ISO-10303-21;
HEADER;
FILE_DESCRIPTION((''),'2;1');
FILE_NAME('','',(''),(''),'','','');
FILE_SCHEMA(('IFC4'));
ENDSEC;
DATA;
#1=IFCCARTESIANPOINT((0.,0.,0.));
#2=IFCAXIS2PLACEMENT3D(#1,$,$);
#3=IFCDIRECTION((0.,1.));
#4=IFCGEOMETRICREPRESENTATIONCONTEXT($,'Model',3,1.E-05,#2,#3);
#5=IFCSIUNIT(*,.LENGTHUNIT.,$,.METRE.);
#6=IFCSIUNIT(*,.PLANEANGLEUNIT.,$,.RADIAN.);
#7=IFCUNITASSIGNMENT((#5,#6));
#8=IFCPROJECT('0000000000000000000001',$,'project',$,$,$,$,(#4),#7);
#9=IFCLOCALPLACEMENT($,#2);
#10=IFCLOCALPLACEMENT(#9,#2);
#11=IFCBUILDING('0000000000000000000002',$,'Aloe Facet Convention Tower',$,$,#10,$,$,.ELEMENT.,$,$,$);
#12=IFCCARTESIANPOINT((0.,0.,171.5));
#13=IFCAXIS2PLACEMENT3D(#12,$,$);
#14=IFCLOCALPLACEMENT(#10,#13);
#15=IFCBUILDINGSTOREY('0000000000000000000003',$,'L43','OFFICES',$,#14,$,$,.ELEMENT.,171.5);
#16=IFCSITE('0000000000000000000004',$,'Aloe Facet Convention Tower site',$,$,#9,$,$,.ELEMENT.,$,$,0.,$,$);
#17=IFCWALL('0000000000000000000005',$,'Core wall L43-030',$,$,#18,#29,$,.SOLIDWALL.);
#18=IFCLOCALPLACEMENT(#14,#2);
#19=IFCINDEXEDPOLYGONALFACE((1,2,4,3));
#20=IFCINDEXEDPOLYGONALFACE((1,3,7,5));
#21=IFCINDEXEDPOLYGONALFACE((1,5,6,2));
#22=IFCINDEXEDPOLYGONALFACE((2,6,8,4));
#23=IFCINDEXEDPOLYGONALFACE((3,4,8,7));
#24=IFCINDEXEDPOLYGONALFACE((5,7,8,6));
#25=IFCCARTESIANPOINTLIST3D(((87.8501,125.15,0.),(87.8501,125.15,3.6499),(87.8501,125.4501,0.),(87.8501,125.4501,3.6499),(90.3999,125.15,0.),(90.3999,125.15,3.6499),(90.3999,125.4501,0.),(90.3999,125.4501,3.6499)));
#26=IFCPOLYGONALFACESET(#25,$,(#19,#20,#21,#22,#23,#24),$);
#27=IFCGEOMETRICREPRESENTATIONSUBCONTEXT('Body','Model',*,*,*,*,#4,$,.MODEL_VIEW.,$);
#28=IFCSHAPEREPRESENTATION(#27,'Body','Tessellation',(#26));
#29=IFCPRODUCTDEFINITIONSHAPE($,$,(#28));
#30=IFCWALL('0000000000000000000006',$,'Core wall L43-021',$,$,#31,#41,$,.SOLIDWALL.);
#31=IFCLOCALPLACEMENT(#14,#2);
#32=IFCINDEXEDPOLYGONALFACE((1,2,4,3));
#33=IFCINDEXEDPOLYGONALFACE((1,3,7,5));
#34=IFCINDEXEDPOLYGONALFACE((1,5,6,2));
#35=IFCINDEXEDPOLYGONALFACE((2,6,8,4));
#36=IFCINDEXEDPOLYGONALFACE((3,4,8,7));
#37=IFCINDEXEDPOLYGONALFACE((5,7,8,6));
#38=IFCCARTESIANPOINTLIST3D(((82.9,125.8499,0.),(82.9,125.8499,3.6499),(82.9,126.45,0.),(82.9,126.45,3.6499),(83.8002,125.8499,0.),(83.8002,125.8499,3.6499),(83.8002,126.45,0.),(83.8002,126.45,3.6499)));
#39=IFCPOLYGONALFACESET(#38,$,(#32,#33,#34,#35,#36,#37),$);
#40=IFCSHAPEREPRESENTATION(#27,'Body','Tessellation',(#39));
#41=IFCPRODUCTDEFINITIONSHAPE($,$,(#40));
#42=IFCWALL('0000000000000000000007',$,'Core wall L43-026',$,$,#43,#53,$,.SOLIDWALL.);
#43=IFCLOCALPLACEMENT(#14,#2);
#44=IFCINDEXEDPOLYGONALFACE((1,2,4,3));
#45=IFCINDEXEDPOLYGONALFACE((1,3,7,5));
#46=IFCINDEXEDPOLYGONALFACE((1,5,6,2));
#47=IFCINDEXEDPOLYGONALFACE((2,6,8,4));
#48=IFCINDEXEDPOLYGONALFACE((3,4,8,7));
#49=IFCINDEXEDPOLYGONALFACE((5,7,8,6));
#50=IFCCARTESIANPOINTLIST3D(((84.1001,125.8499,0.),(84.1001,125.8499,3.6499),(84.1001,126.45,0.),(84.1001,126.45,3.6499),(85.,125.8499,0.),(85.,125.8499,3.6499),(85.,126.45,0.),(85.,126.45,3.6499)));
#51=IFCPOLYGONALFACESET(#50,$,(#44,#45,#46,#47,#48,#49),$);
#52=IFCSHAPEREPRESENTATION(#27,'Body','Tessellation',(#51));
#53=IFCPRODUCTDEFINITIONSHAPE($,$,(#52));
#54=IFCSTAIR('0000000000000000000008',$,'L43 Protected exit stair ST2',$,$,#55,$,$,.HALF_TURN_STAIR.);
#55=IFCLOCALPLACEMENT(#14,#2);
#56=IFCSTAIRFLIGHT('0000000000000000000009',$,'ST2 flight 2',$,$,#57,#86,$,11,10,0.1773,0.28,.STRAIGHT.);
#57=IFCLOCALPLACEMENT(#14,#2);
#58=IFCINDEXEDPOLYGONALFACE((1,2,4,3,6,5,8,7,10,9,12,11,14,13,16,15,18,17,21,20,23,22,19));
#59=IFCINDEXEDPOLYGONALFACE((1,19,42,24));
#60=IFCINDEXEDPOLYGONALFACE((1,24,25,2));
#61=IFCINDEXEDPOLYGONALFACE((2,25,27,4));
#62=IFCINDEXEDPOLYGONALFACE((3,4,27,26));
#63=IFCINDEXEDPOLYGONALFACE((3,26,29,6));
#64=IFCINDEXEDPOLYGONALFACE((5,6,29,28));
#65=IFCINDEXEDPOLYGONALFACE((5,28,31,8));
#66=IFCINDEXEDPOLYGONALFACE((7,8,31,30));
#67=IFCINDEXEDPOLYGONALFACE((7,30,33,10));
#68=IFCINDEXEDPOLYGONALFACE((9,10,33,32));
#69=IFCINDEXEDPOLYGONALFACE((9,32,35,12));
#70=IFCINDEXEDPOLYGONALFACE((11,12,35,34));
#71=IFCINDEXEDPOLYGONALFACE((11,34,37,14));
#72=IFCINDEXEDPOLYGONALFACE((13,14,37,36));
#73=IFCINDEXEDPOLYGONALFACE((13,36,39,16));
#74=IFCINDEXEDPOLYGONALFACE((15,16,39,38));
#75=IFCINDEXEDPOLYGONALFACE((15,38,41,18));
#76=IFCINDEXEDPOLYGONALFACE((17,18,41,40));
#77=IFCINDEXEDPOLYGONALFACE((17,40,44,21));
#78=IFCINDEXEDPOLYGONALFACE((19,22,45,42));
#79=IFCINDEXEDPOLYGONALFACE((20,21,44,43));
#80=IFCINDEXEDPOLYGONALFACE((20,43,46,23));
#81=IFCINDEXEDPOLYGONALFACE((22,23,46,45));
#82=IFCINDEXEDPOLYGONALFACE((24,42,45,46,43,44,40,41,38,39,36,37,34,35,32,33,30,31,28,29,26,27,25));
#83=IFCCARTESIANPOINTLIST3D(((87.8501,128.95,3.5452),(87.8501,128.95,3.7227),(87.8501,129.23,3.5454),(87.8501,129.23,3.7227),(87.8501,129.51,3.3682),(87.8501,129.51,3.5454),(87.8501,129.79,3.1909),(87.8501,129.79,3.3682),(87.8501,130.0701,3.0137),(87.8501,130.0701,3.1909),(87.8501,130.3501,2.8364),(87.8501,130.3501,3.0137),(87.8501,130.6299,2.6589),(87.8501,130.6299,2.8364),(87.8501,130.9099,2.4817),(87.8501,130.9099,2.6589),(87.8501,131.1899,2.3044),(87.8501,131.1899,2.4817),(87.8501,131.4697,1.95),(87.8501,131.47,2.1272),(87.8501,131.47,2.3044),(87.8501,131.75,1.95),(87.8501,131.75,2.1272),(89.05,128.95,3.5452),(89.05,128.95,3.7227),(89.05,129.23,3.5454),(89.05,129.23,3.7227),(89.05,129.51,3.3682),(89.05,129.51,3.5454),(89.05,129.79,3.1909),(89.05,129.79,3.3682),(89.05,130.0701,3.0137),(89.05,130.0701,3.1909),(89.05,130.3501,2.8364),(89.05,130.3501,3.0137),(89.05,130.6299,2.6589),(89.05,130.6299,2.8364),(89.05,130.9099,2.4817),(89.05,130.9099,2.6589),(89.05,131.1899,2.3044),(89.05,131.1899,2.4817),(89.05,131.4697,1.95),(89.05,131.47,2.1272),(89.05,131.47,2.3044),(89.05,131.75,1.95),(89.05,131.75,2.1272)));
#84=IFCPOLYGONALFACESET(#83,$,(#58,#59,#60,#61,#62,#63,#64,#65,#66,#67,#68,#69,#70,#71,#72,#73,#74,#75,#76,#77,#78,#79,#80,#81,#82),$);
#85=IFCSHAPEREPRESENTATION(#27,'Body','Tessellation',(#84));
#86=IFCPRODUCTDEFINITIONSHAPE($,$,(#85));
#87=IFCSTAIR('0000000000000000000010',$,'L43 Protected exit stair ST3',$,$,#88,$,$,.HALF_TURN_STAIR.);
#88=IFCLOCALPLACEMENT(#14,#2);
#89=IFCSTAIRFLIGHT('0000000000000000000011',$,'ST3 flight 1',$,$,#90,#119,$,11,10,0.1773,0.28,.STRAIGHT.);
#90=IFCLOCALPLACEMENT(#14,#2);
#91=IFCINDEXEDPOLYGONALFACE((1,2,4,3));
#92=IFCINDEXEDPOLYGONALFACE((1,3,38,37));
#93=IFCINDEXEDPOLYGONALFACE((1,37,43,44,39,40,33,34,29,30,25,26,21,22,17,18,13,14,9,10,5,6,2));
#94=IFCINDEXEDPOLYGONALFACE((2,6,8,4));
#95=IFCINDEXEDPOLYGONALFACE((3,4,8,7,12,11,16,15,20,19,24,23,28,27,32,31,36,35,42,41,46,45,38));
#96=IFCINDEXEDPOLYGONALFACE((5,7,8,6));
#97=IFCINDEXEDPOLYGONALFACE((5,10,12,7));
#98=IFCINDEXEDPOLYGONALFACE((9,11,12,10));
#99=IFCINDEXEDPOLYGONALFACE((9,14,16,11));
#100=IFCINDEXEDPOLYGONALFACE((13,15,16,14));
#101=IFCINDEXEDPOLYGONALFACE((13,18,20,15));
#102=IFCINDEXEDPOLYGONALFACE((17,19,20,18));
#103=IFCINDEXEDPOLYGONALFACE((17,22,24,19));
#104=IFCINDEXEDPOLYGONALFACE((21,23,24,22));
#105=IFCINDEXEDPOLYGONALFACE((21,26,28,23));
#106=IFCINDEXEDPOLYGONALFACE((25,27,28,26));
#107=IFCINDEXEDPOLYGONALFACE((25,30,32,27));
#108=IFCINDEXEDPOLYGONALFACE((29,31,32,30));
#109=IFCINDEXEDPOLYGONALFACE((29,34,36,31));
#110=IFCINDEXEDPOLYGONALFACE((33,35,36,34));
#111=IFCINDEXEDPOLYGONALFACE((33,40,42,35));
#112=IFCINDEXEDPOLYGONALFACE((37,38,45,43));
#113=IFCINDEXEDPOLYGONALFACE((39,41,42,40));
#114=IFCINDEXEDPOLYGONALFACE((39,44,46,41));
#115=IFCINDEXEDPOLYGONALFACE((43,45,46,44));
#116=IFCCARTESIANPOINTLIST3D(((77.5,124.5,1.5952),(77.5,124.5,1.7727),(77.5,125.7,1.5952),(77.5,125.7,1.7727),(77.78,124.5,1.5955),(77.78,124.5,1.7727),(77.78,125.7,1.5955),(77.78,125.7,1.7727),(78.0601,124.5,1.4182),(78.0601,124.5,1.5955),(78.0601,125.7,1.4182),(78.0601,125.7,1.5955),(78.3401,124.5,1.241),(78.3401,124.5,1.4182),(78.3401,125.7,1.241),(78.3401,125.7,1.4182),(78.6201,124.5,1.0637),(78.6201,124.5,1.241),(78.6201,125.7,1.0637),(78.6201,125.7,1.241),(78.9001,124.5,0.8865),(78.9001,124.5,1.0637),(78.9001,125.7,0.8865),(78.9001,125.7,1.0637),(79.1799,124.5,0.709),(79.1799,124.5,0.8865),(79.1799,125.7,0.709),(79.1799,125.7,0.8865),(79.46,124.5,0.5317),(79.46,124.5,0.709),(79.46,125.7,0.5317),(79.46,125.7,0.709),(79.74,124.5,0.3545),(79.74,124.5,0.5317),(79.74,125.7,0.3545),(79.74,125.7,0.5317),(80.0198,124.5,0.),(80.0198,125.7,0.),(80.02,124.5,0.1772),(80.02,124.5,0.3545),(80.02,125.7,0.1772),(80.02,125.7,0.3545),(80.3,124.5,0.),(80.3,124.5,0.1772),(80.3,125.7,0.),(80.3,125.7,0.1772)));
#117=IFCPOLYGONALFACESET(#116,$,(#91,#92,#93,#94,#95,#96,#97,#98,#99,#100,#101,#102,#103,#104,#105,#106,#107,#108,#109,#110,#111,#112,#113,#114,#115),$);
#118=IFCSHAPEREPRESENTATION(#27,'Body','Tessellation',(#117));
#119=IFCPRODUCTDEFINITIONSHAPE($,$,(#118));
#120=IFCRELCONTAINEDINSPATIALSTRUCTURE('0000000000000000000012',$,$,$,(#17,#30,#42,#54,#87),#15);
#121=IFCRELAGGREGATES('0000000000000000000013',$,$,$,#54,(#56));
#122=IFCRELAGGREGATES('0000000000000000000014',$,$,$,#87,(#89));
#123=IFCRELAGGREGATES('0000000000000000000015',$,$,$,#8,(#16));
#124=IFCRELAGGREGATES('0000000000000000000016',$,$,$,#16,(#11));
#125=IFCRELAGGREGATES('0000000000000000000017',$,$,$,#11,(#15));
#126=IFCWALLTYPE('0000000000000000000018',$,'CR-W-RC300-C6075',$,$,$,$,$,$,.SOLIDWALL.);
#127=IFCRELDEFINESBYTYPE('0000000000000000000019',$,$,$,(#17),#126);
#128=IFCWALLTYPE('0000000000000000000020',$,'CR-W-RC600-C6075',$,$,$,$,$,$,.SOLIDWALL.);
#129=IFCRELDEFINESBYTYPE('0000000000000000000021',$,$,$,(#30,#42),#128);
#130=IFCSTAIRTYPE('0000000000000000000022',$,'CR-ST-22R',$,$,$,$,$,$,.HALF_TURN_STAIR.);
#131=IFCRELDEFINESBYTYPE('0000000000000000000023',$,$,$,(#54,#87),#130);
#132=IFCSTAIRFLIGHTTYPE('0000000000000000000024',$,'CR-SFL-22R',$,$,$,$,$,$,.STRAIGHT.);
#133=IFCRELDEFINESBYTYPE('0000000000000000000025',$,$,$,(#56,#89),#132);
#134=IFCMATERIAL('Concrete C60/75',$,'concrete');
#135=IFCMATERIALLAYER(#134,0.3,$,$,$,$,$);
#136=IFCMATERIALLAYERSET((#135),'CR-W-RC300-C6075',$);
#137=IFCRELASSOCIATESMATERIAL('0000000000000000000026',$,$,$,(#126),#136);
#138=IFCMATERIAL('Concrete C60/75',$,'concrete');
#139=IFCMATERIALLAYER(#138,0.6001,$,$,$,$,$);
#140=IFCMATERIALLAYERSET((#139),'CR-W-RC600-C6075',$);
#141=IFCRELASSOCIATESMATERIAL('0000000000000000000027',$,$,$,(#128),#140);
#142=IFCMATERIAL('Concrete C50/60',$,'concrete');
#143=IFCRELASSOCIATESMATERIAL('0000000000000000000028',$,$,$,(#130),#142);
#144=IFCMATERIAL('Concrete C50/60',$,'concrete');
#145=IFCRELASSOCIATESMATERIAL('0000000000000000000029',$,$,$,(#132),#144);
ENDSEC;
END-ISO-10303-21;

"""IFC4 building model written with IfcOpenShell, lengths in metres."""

from ifc_helpers import new_model, si_unit, direction, frame, frame_2d, origin, place, context, subcontext, project, spatial, polyline, rectangle, outline, extrude, material, layer, layer_set, type_object, element, aggregate, save


model = new_model("IFC4")

# Units and contexts
model_context = context("Model", 3, precision=1e-05, world=origin(), true_north=direction((0.0, 1.0)))
body_context = subcontext(model_context, "Body", "Model", "MODEL_VIEW")
ifc_project = project(units=[si_unit("LENGTHUNIT", "METRE"), si_unit("PLANEANGLEUNIT", "RADIAN")], contexts=[model_context])

# Site, building, storey
site_placement = place(None, origin())
site = spatial("IfcSite", under=ifc_project, at=site_placement, Name="Aloe Facet Convention Tower site", CompositionType="ELEMENT", RefElevation=0.0)
building_placement = place(site_placement, origin())
building = spatial("IfcBuilding", under=site, at=building_placement, Name="Aloe Facet Convention Tower", CompositionType="ELEMENT")
storey_placement = place(building_placement, frame((0.0, 0.0, 171.5)))
storey = spatial("IfcBuildingStorey", under=building, at=storey_placement, Name="L43", Description="OFFICES", CompositionType="ELEMENT", Elevation=171.5)

# Shared definitions
ifc_material_1 = material(Name="Concrete C60/75", Category="concrete")
ifc_layer_1 = layer(ifc_material_1, 0.3)
ifc_layer_set_1 = layer_set([ifc_layer_1], Name="CR-W-RC300-C6075")
wall_type_1 = type_object("IfcWallType", Name="CR-W-RC300-C6075", PredefinedType="SOLIDWALL", material=ifc_layer_set_1)

# Walls
for number, where, z_axis, x_axis, name in (
    (1, (87.8501, 125.3, 0.0), (0.0, 0.0, 1.0), (1.0, 0.0, 0.0), "Core wall L43-030"),
):
    element("IfcWall", number, at=place(storey_placement, frame(where, z_axis=z_axis, x_axis=x_axis)), inside=storey, type_object=wall_type_1, Name=name, PredefinedType="SOLIDWALL", context=body_context, shape_type="SweptSolid", body=[
        extrude(rectangle(XDim=2.5498, YDim=0.3, at=frame_2d((1.2749, 0.0))), origin(), (0.0, 0.0, 1.0), 3.6499),
    ])
ifc_material_2 = material(Name="Concrete C60/75", Category="concrete")
ifc_layer_2 = layer(ifc_material_2, 0.6001)
ifc_layer_set_2 = layer_set([ifc_layer_2], Name="CR-W-RC600-C6075")
wall_type_2 = type_object("IfcWallType", Name="CR-W-RC600-C6075", PredefinedType="SOLIDWALL", material=ifc_layer_set_2)
wall_1_placement = place(storey_placement, frame((82.8999, 126.1499, 0.0), z_axis=(0.0, 0.0, 1.0), x_axis=(1.0, 0.0, 0.0)))
element("IfcWall", 2, at=wall_1_placement, inside=storey, type_object=wall_type_2, Name="Core wall L43-021", PredefinedType="SOLIDWALL", context=body_context, shape_type="SweptSolid", body=[
    extrude(rectangle(XDim=0.9001, YDim=0.6001, at=frame_2d((0.4502, 0.0))), origin(), (0.0, 0.0, 1.0), 3.6499),
])
wall_2_placement = place(storey_placement, frame((84.1001, 126.1499, 0.0), z_axis=(0.0, 0.0, 1.0), x_axis=(1.0, 0.0, 0.0)))
element("IfcWall", 3, at=wall_2_placement, inside=storey, type_object=wall_type_2, Name="Core wall L43-026", PredefinedType="SOLIDWALL", context=body_context, shape_type="SweptSolid", body=[
    extrude(rectangle(XDim=0.8999, YDim=0.6001, at=frame_2d((0.45, 0.0))), origin(), (0.0, 0.0, 1.0), 3.6499),
])

# Stairs, stair flights
ifc_material_3 = material(Name="Concrete C50/60", Category="concrete")
stair_type = type_object("IfcStairType", Name="CR-ST-22R", PredefinedType="HALF_TURN_STAIR", material=ifc_material_3)
stair_1_placement = place(storey_placement, origin())
stair_1 = element("IfcStair", 4, at=stair_1_placement, inside=storey, type_object=stair_type, Name="L43 Protected exit stair ST2", PredefinedType="HALF_TURN_STAIR")
ifc_material_4 = material(Name="Concrete C50/60", Category="concrete")
stair_flight_type = type_object("IfcStairFlightType", Name="CR-SFL-22R", PredefinedType="STRAIGHT", material=ifc_material_4)
stair_flight_1_placement = place(storey_placement, frame((88.45, 131.75, 1.95), z_axis=(0.0, 0.0, 1.0), x_axis=(0.0, -1.0, 0.0)))
stair_flight_1 = element("IfcStairFlight", 5, at=stair_flight_1_placement, type_object=stair_flight_type, Name="ST2 flight 2", NumberOfRisers=11, NumberOfTreads=10, PredefinedType="STRAIGHT", RiserHeight=0.1773, TreadLength=0.28, context=body_context, shape_type="SweptSolid", body=[
    extrude(outline(polyline([(0.0, 0.0), (0.0, 0.1772), (0.28, 0.1772), (0.28, 0.3545), (0.5601, 0.3545), (0.5601, 0.5317), (0.8401, 0.5317), (0.8401, 0.709), (1.1201, 0.709), (1.1201, 0.8865), (1.3999, 0.8865), (1.3999, 1.0637), (1.6799, 1.0637), (1.6799, 1.241), (1.96, 1.241), (1.96, 1.4182), (2.24, 1.4182), (2.24, 1.5955), (2.52, 1.5955), (2.52, 1.7727), (2.8, 1.7727), (2.8, 1.95), (2.8, 1.5952), (0.2803, 0.0), (0.0, 0.0)])), frame((0.0, 0.6001, 0.0), z_axis=(0.0, -1.0, 0.0), x_axis=(1.0, 0.0, 0.0)), (0.0, 0.0, 1.0), 1.2),
])
aggregate(stair_1, [stair_flight_1])
stair_2_placement = place(storey_placement, origin())
stair_2 = element("IfcStair", 6, at=stair_2_placement, inside=storey, type_object=stair_type, Name="L43 Protected exit stair ST3", PredefinedType="HALF_TURN_STAIR")
stair_flight_2_placement = place(storey_placement, frame((80.3, 125.1001, 0.0), z_axis=(0.0, 0.0, 1.0), x_axis=(-1.0, 0.0, 0.0)))
stair_flight_2 = element("IfcStairFlight", 7, at=stair_flight_2_placement, type_object=stair_flight_type, Name="ST3 flight 1", NumberOfRisers=11, NumberOfTreads=10, PredefinedType="STRAIGHT", RiserHeight=0.1773, TreadLength=0.28, context=body_context, shape_type="SweptSolid", body=[
    extrude(outline(polyline([(0.0, 0.0), (0.0, 0.1772), (0.28, 0.1772), (0.28, 0.3545), (0.5601, 0.3545), (0.5601, 0.5317), (0.8401, 0.5317), (0.8401, 0.709), (1.1201, 0.709), (1.1201, 0.8865), (1.3999, 0.8865), (1.3999, 1.0637), (1.6799, 1.0637), (1.6799, 1.241), (1.96, 1.241), (1.96, 1.4182), (2.24, 1.4182), (2.24, 1.5955), (2.52, 1.5955), (2.52, 1.7727), (2.8, 1.7727), (2.8, 1.95), (2.8, 1.5952), (0.2803, 0.0), (0.0, 0.0)])), frame((0.0, 0.6001, 0.0), z_axis=(0.0, -1.0, 0.0), x_axis=(1.0, 0.0, 0.0)), (0.0, 0.0, 1.0), 1.2),
])
aggregate(stair_2, [stair_flight_2])

save(model, "model.ifc")
